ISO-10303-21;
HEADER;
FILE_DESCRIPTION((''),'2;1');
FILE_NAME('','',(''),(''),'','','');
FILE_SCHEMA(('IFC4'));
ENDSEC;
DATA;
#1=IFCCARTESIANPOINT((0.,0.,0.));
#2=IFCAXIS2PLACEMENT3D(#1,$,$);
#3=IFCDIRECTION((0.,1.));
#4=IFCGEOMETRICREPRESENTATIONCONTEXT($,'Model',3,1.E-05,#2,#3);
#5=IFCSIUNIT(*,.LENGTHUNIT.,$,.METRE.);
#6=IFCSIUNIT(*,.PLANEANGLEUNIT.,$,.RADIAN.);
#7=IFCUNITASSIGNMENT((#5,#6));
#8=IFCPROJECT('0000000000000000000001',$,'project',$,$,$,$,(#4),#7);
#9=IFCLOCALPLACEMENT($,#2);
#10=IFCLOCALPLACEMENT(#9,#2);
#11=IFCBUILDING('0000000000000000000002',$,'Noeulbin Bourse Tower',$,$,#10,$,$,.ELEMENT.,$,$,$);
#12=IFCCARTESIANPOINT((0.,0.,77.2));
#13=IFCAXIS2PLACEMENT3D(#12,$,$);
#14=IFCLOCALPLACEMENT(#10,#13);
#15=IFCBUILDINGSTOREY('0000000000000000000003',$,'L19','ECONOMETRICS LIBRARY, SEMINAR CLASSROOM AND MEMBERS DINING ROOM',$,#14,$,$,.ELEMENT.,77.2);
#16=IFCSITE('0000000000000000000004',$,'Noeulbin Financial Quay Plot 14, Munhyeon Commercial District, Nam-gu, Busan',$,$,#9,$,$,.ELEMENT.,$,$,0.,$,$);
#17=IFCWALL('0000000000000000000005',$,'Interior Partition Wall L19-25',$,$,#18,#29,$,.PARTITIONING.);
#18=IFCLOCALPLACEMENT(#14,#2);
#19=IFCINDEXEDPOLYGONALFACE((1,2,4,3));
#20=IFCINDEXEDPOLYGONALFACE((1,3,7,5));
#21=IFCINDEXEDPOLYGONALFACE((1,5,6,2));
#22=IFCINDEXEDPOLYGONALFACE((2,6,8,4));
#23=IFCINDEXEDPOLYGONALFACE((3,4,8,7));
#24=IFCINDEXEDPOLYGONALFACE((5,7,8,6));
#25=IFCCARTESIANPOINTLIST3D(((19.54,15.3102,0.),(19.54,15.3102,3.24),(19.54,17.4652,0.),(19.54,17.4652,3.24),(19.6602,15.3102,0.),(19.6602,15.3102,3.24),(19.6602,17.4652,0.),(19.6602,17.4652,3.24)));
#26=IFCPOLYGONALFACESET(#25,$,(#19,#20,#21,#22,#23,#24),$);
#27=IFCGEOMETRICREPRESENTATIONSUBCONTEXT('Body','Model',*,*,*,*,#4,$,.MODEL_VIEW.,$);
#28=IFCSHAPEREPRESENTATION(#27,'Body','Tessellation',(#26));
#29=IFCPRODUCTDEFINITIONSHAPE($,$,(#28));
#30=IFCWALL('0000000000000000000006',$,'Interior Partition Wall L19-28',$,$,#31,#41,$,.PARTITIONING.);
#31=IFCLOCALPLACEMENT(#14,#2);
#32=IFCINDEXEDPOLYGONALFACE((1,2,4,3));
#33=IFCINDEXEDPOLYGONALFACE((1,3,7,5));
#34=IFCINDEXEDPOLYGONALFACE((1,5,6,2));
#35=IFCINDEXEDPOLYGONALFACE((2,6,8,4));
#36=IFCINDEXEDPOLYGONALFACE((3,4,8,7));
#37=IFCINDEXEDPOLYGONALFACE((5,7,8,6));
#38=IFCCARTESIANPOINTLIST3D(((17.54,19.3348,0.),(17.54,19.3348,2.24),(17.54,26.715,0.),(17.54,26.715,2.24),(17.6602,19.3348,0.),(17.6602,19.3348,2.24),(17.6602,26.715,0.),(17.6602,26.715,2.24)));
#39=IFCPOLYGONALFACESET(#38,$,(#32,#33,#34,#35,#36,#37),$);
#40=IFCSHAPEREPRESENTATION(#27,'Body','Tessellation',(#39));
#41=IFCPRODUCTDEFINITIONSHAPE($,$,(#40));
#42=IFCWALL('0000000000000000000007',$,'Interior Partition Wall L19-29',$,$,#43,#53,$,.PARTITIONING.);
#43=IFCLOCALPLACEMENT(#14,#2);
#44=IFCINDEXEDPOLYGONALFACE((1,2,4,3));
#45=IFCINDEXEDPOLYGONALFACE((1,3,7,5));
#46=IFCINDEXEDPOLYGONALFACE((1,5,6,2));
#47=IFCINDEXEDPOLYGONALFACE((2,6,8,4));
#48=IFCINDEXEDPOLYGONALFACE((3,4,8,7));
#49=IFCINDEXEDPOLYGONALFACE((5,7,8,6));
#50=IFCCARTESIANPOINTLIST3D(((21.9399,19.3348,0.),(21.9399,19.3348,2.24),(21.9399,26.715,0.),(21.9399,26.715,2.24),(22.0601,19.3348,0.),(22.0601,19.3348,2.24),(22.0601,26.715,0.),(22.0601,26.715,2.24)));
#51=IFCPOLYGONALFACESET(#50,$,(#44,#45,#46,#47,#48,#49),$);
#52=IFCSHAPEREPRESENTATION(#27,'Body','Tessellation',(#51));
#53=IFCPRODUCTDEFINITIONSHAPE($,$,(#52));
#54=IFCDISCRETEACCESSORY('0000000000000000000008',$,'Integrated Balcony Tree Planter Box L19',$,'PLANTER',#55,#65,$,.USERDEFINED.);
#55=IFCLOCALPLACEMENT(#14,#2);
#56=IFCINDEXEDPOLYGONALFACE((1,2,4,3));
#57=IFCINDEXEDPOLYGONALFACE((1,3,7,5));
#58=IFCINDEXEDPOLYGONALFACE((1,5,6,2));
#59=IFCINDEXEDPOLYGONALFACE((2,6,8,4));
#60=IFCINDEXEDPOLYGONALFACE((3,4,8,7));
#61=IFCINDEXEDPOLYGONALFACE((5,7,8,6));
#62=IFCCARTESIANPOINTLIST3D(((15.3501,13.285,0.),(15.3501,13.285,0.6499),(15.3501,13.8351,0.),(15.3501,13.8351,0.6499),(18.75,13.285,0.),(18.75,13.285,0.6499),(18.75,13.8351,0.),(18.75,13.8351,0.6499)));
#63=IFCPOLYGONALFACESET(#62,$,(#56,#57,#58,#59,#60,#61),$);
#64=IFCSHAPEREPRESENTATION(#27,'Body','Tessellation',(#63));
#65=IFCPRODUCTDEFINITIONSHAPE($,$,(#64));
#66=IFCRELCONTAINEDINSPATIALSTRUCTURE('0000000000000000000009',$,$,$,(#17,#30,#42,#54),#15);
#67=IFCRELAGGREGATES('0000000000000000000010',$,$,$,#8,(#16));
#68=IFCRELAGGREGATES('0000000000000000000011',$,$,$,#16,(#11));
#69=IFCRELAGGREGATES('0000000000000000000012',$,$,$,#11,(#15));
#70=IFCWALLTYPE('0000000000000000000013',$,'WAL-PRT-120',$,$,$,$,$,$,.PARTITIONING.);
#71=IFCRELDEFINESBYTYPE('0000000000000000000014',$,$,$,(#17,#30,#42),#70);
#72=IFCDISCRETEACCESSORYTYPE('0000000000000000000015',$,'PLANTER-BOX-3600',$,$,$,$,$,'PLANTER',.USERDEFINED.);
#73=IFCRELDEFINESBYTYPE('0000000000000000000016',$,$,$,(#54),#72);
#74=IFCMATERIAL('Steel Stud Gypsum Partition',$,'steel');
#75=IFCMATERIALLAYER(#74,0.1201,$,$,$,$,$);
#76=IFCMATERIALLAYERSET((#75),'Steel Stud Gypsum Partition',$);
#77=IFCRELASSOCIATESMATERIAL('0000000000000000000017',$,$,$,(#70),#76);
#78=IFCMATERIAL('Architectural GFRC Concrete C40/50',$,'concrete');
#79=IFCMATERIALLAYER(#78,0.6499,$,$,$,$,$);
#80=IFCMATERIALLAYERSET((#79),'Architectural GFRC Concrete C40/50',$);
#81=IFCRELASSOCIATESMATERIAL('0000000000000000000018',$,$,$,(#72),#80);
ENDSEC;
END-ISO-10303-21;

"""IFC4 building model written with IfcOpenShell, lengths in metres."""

from ifc_helpers import new_model, si_unit, direction, frame, frame_2d, origin, origin_2d, place, context, subcontext, project, spatial, rectangle, extrude, material, layer, layer_set, type_object, element, save


model = new_model("IFC4")

# Units and contexts
model_context = context("Model", 3, precision=1e-05, world=origin(), true_north=direction((0.0, 1.0)))
body_context = subcontext(model_context, "Body", "Model", "MODEL_VIEW")
ifc_project = project(units=[si_unit("LENGTHUNIT", "METRE"), si_unit("PLANEANGLEUNIT", "RADIAN")], contexts=[model_context])

# Site, building, storey
site_placement = place(None, origin())
site = spatial("IfcSite", under=ifc_project, at=site_placement, Name="Noeulbin Financial Quay Plot 14, Munhyeon Commercial District, Nam-gu, Busan", CompositionType="ELEMENT", RefElevation=0.0)
building_placement = place(site_placement, origin())
building = spatial("IfcBuilding", under=site, at=building_placement, Name="Noeulbin Bourse Tower", CompositionType="ELEMENT")
storey_placement = place(building_placement, frame((0.0, 0.0, 77.2)))
storey = spatial("IfcBuildingStorey", under=building, at=storey_placement, Name="L19", Description="ECONOMETRICS LIBRARY, SEMINAR CLASSROOM AND MEMBERS DINING ROOM", CompositionType="ELEMENT", Elevation=77.2)

# Walls
ifc_material_1 = material(Name="Steel Stud Gypsum Partition", Category="steel")
ifc_layer_1 = layer(ifc_material_1, 0.1201)
ifc_layer_set_1 = layer_set([ifc_layer_1], Name="Steel Stud Gypsum Partition")
wall_type = type_object("IfcWallType", Name="WAL-PRT-120", PredefinedType="PARTITIONING", material=ifc_layer_set_1)
wall_placement = place(storey_placement, frame((19.6001, 15.3101, 0.0), z_axis=(0.0, 0.0, 1.0), x_axis=(0.0, 1.0, 0.0)))
element("IfcWall", 1, at=wall_placement, inside=storey, type_object=wall_type, Name="Interior Partition Wall L19-25", PredefinedType="PARTITIONING", context=body_context, shape_type="SweptSolid", body=[
    extrude(rectangle(XDim=2.155, YDim=0.1201, at=frame_2d((1.0776, 0.0))), origin(), (0.0, 0.0, 1.0), 3.24),
])
for number, where, z_axis, x_axis, name in (
    (2, (17.6001, 19.335, 0.0), (0.0, 0.0, 1.0), (0.0, 1.0, 0.0), "Interior Partition Wall L19-28"),
    (3, (22.0, 19.335, 0.0), (0.0, 0.0, 1.0), (0.0, 1.0, 0.0), "Interior Partition Wall L19-29"),
):
    element("IfcWall", number, at=place(storey_placement, frame(where, z_axis=z_axis, x_axis=x_axis)), inside=storey, type_object=wall_type, Name=name, PredefinedType="PARTITIONING", context=body_context, shape_type="SweptSolid", body=[
        extrude(rectangle(XDim=7.3801, YDim=0.1201, at=frame_2d((3.6899, 0.0))), origin(), (0.0, 0.0, 1.0), 2.24),
    ])

# Discrete accessory
ifc_material_2 = material(Name="Architectural GFRC Concrete C40/50", Category="concrete")
ifc_layer_2 = layer(ifc_material_2, 0.6499)
ifc_layer_set_2 = layer_set([ifc_layer_2], Name="Architectural GFRC Concrete C40/50")
discrete_accessory_type = type_object("IfcDiscreteAccessoryType", Name="PLANTER-BOX-3600", ElementType="PLANTER", PredefinedType="USERDEFINED", material=ifc_layer_set_2)
discrete_accessory_placement = place(storey_placement, frame((17.05, 13.5601, 0.0), z_axis=(0.0, 0.0, 1.0), x_axis=(1.0, 0.0, 0.0)))
element("IfcDiscreteAccessory", 4, at=discrete_accessory_placement, inside=storey, type_object=discrete_accessory_type, Name="Integrated Balcony Tree Planter Box L19", ObjectType="PLANTER", PredefinedType="USERDEFINED", context=body_context, shape_type="SweptSolid", body=[
    extrude(rectangle(XDim=3.3999, YDim=0.55, at=origin_2d()), origin(), (0.0, 0.0, 1.0), 0.6499),
])

save(model, "model.ifc")
